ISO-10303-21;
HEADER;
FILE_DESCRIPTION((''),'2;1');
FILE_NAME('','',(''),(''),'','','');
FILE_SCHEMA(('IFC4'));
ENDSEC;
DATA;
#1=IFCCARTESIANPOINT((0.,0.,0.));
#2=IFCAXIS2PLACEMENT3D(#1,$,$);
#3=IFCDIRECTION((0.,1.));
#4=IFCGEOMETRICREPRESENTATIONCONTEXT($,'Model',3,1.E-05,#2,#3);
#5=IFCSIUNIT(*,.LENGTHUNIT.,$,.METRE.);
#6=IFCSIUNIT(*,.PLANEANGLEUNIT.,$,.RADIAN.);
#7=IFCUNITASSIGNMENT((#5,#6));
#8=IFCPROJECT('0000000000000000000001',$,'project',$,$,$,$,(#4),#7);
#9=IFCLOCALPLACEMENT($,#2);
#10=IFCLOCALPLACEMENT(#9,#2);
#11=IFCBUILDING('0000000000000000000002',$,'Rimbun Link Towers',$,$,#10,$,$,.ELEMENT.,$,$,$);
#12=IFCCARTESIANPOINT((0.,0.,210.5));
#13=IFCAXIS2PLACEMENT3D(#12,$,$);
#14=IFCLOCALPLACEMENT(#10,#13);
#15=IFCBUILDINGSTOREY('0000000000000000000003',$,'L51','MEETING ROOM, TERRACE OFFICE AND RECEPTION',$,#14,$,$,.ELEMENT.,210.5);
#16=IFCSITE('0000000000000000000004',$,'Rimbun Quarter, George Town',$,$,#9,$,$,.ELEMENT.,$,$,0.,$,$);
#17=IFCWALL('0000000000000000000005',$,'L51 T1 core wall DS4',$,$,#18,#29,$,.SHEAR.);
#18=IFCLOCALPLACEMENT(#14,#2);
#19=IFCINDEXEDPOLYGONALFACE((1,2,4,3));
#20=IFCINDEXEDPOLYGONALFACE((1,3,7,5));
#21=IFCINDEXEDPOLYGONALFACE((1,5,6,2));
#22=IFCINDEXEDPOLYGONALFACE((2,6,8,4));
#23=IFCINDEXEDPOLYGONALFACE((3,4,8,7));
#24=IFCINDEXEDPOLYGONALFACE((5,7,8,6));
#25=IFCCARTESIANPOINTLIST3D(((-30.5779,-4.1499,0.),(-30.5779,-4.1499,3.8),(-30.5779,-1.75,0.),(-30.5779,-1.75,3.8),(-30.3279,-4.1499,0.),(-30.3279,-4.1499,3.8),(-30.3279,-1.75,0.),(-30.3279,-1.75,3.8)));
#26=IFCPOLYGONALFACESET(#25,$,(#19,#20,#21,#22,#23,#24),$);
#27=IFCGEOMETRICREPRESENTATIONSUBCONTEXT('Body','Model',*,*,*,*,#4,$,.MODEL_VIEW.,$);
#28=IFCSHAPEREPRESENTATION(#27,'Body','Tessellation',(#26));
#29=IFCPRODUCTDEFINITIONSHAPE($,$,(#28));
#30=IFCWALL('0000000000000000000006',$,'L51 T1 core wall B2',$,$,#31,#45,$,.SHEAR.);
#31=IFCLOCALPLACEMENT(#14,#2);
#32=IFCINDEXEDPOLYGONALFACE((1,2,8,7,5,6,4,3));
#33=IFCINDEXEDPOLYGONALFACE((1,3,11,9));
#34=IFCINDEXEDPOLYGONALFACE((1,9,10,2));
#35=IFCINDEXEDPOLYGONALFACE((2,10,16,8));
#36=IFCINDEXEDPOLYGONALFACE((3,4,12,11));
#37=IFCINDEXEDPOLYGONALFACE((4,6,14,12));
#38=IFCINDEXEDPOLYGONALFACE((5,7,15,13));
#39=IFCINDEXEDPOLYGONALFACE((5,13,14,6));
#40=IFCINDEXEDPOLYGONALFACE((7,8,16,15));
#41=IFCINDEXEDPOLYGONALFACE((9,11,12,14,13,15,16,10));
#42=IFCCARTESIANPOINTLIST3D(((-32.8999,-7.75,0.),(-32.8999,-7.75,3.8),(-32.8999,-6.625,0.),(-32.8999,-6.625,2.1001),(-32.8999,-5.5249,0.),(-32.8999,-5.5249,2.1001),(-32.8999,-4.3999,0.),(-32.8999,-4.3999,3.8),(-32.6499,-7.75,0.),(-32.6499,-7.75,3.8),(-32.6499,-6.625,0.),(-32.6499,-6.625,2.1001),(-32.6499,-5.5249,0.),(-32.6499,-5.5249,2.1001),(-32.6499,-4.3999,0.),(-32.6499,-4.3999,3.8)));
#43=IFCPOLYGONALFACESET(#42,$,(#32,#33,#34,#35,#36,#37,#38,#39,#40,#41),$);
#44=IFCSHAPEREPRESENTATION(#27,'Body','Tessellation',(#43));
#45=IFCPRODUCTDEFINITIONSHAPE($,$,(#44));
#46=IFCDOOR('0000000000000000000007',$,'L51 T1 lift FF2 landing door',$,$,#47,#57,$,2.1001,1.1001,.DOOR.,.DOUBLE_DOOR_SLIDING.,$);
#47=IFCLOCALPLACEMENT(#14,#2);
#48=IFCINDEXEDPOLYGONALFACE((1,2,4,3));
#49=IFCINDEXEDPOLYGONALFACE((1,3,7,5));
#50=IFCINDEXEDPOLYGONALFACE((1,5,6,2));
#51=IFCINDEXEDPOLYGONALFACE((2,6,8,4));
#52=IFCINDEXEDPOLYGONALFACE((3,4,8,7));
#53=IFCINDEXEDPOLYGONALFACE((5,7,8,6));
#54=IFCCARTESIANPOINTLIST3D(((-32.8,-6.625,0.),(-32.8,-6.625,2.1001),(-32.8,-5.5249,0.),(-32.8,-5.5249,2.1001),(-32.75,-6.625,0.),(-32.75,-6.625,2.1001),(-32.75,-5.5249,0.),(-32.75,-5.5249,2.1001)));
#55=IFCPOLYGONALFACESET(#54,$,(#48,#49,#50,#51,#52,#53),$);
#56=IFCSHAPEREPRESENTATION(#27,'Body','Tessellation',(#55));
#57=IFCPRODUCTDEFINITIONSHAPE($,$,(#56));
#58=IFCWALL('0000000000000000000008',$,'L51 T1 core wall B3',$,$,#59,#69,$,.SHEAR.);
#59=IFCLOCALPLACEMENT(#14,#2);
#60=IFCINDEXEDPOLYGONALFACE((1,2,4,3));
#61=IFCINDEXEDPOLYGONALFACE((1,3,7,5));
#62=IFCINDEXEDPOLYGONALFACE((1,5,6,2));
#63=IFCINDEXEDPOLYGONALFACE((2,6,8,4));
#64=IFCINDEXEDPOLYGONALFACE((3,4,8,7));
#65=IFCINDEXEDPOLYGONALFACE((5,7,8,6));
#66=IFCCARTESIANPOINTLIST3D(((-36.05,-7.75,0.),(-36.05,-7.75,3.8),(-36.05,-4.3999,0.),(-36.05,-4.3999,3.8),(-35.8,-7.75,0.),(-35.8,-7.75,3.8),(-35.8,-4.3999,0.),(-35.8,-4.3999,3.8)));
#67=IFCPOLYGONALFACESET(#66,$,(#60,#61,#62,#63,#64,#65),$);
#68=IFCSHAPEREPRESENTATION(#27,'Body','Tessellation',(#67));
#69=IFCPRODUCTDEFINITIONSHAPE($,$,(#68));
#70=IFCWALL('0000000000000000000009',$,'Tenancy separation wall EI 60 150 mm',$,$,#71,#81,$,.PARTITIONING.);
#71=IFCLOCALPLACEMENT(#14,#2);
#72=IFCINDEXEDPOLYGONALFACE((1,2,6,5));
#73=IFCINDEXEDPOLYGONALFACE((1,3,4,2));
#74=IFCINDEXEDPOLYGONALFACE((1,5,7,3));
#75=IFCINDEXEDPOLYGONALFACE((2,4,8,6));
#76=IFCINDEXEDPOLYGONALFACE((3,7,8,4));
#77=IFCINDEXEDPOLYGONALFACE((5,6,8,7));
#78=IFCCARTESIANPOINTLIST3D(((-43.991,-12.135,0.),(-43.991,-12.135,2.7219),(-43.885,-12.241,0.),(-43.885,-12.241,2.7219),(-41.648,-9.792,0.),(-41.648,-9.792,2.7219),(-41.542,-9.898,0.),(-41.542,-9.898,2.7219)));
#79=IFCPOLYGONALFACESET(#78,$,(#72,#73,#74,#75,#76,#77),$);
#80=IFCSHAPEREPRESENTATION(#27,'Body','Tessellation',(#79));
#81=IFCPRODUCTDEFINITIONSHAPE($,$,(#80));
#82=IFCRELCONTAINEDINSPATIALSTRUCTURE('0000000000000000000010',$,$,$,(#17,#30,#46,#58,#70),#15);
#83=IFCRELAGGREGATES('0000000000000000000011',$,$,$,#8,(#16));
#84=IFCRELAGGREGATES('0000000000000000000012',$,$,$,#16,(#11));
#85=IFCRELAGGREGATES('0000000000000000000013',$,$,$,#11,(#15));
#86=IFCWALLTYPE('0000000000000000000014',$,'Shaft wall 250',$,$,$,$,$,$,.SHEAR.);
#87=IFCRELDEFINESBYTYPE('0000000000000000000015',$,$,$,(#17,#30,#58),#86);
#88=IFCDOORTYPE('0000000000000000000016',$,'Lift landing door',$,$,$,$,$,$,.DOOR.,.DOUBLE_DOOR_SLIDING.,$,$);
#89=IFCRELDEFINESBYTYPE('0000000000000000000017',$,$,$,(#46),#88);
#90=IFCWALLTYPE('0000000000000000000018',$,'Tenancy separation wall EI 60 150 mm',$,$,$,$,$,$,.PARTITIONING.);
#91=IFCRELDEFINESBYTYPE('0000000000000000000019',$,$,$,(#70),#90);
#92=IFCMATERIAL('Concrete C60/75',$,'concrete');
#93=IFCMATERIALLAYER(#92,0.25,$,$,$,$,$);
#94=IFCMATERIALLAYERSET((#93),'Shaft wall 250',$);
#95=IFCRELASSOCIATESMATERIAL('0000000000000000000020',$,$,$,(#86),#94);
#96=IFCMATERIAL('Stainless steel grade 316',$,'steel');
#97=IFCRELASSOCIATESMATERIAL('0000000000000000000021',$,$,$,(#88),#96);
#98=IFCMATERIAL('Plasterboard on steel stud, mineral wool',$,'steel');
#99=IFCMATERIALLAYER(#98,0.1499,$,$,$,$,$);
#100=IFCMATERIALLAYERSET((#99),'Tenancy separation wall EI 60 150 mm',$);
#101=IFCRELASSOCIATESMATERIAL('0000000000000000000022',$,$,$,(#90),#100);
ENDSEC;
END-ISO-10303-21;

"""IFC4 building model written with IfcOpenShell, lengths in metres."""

from ifc_helpers import new_model, si_unit, direction, frame, frame_2d, origin, place, context, subcontext, project, spatial, rectangle, extrude, material, layer, layer_set, type_object, element, fill, save


model = new_model("IFC4")

# Units and contexts
model_context = context("Model", 3, precision=1e-05, world=origin(), true_north=direction((0.0, 1.0)))
body_context = subcontext(model_context, "Body", "Model", "MODEL_VIEW")
ifc_project = project(units=[si_unit("LENGTHUNIT", "METRE"), si_unit("PLANEANGLEUNIT", "RADIAN")], contexts=[model_context])

# Site, building, storey
site_placement = place(None, origin())
site = spatial("IfcSite", under=ifc_project, at=site_placement, Name="Rimbun Quarter, George Town", CompositionType="ELEMENT", RefElevation=0.0)
building_placement = place(site_placement, origin())
building = spatial("IfcBuilding", under=site, at=building_placement, Name="Rimbun Link Towers", CompositionType="ELEMENT")
storey_placement = place(building_placement, frame((0.0, 0.0, 210.5)))
storey = spatial("IfcBuildingStorey", under=building, at=storey_placement, Name="L51", Description="MEETING ROOM, TERRACE OFFICE AND RECEPTION", CompositionType="ELEMENT", Elevation=210.5)

# Shared definitions
ifc_material_1 = material(Name="Concrete C60/75", Category="concrete")
ifc_layer_1 = layer(ifc_material_1, 0.25)
ifc_layer_set_1 = layer_set([ifc_layer_1], Name="Shaft wall 250")
wall_type_1 = type_object("IfcWallType", Name="Shaft wall 250", PredefinedType="SHEAR", material=ifc_layer_set_1)
ifc_material_2 = material(Name="Stainless steel grade 316", Category="steel")
door_type_1 = type_object("IfcDoorType", Name="Lift landing door", OperationType="DOUBLE_DOOR_SLIDING", PredefinedType="DOOR", material=ifc_material_2)

# Wall
for number, where, z_axis, x_axis, name in (
    (1, (-30.4529, -4.1499, 0.0), (0.0, 0.0, 1.0), (0.0, 1.0, 0.0), "L51 T1 core wall DS4"),
):
    element("IfcWall", number, at=place(storey_placement, frame(where, z_axis=z_axis, x_axis=x_axis)), inside=storey, type_object=wall_type_1, Name=name, PredefinedType="SHEAR", context=body_context, shape_type="SweptSolid", body=[
        extrude(rectangle(XDim=2.3999, YDim=0.25, at=frame_2d((1.2, 0.0))), origin(), (0.0, 0.0, 1.0), 3.8),
    ])

# Wall, opening, door
wall_1_placement = place(storey_placement, frame((-32.7749, -4.3999, 0.0), z_axis=(0.0, 0.0, 1.0), x_axis=(0.0, -1.0, 0.0)))
wall_1 = element("IfcWall", 2, at=wall_1_placement, inside=storey, type_object=wall_type_1, Name="L51 T1 core wall B2", PredefinedType="SHEAR", context=body_context, shape_type="SweptSolid", body=[
    extrude(rectangle(XDim=3.3501, YDim=0.25, at=frame_2d((1.675, 0.0))), origin(), (0.0, 0.0, 1.0), 3.8),
])
opening_1_placement = place(wall_1_placement, frame((1.125, 0.0, 0.0)))
opening_1 = element("IfcOpeningElement", 3, at=opening_1_placement, cuts=wall_1, PredefinedType="OPENING", context=body_context, shape_type="SweptSolid", body=[
    extrude(rectangle(XDim=1.1001, YDim=2.1001, at=frame_2d((0.55, 1.05))), frame((0.0, 0.135, 0.0), z_axis=(0.0, -1.0, 0.0), x_axis=(1.0, 0.0, 0.0)), (0.0, 0.0, 1.0), 0.27),
])
door_1_placement = place(opening_1_placement, origin())
door_1 = element("IfcDoor", 4, at=door_1_placement, inside=storey, type_object=door_type_1, Name="L51 T1 lift FF2 landing door", OperationType="DOUBLE_DOOR_SLIDING", OverallHeight=2.1001, OverallWidth=1.1001, PredefinedType="DOOR", context=body_context, shape_type="SweptSolid", body=[
    extrude(rectangle(XDim=1.1001, YDim=2.1001, at=frame_2d((0.55, 1.05))), frame((0.0, 0.0249, 0.0), z_axis=(0.0, -1.0, 0.0), x_axis=(1.0, 0.0, 0.0)), (0.0, 0.0, 1.0), 0.05),
])
fill(opening_1, door_1)

# Walls
wall_2_placement = place(storey_placement, frame((-35.925, -4.3999, 0.0), z_axis=(0.0, 0.0, 1.0), x_axis=(0.0, -1.0, 0.0)))
element("IfcWall", 5, at=wall_2_placement, inside=storey, type_object=wall_type_1, Name="L51 T1 core wall B3", PredefinedType="SHEAR", context=body_context, shape_type="SweptSolid", body=[
    extrude(rectangle(XDim=3.3501, YDim=0.25, at=frame_2d((1.675, 0.0))), origin(), (0.0, 0.0, 1.0), 3.8),
])
ifc_material_3 = material(Name="Plasterboard on steel stud, mineral wool", Category="steel")
ifc_layer_2 = layer(ifc_material_3, 0.1499)
ifc_layer_set_2 = layer_set([ifc_layer_2], Name="Tenancy separation wall EI 60 150 mm")
wall_type_2 = type_object("IfcWallType", Name="Tenancy separation wall EI 60 150 mm", PredefinedType="PARTITIONING", material=ifc_layer_set_2)
wall_3_placement = place(storey_placement, frame((-41.595, -9.845, 0.0), z_axis=(0.0, 0.0, 1.0), x_axis=(-0.707107, -0.707107, 0.0)))
element("IfcWall", 6, at=wall_3_placement, inside=storey, type_object=wall_type_2, Name="Tenancy separation wall EI 60 150 mm", PredefinedType="PARTITIONING", context=body_context, shape_type="SweptSolid", body=[
    extrude(rectangle(XDim=3.3135, YDim=0.1499, at=frame_2d((1.6567, 0.0))), origin(), (0.0, 0.0, 1.0), 2.7219),
])

save(model, "model.ifc")
